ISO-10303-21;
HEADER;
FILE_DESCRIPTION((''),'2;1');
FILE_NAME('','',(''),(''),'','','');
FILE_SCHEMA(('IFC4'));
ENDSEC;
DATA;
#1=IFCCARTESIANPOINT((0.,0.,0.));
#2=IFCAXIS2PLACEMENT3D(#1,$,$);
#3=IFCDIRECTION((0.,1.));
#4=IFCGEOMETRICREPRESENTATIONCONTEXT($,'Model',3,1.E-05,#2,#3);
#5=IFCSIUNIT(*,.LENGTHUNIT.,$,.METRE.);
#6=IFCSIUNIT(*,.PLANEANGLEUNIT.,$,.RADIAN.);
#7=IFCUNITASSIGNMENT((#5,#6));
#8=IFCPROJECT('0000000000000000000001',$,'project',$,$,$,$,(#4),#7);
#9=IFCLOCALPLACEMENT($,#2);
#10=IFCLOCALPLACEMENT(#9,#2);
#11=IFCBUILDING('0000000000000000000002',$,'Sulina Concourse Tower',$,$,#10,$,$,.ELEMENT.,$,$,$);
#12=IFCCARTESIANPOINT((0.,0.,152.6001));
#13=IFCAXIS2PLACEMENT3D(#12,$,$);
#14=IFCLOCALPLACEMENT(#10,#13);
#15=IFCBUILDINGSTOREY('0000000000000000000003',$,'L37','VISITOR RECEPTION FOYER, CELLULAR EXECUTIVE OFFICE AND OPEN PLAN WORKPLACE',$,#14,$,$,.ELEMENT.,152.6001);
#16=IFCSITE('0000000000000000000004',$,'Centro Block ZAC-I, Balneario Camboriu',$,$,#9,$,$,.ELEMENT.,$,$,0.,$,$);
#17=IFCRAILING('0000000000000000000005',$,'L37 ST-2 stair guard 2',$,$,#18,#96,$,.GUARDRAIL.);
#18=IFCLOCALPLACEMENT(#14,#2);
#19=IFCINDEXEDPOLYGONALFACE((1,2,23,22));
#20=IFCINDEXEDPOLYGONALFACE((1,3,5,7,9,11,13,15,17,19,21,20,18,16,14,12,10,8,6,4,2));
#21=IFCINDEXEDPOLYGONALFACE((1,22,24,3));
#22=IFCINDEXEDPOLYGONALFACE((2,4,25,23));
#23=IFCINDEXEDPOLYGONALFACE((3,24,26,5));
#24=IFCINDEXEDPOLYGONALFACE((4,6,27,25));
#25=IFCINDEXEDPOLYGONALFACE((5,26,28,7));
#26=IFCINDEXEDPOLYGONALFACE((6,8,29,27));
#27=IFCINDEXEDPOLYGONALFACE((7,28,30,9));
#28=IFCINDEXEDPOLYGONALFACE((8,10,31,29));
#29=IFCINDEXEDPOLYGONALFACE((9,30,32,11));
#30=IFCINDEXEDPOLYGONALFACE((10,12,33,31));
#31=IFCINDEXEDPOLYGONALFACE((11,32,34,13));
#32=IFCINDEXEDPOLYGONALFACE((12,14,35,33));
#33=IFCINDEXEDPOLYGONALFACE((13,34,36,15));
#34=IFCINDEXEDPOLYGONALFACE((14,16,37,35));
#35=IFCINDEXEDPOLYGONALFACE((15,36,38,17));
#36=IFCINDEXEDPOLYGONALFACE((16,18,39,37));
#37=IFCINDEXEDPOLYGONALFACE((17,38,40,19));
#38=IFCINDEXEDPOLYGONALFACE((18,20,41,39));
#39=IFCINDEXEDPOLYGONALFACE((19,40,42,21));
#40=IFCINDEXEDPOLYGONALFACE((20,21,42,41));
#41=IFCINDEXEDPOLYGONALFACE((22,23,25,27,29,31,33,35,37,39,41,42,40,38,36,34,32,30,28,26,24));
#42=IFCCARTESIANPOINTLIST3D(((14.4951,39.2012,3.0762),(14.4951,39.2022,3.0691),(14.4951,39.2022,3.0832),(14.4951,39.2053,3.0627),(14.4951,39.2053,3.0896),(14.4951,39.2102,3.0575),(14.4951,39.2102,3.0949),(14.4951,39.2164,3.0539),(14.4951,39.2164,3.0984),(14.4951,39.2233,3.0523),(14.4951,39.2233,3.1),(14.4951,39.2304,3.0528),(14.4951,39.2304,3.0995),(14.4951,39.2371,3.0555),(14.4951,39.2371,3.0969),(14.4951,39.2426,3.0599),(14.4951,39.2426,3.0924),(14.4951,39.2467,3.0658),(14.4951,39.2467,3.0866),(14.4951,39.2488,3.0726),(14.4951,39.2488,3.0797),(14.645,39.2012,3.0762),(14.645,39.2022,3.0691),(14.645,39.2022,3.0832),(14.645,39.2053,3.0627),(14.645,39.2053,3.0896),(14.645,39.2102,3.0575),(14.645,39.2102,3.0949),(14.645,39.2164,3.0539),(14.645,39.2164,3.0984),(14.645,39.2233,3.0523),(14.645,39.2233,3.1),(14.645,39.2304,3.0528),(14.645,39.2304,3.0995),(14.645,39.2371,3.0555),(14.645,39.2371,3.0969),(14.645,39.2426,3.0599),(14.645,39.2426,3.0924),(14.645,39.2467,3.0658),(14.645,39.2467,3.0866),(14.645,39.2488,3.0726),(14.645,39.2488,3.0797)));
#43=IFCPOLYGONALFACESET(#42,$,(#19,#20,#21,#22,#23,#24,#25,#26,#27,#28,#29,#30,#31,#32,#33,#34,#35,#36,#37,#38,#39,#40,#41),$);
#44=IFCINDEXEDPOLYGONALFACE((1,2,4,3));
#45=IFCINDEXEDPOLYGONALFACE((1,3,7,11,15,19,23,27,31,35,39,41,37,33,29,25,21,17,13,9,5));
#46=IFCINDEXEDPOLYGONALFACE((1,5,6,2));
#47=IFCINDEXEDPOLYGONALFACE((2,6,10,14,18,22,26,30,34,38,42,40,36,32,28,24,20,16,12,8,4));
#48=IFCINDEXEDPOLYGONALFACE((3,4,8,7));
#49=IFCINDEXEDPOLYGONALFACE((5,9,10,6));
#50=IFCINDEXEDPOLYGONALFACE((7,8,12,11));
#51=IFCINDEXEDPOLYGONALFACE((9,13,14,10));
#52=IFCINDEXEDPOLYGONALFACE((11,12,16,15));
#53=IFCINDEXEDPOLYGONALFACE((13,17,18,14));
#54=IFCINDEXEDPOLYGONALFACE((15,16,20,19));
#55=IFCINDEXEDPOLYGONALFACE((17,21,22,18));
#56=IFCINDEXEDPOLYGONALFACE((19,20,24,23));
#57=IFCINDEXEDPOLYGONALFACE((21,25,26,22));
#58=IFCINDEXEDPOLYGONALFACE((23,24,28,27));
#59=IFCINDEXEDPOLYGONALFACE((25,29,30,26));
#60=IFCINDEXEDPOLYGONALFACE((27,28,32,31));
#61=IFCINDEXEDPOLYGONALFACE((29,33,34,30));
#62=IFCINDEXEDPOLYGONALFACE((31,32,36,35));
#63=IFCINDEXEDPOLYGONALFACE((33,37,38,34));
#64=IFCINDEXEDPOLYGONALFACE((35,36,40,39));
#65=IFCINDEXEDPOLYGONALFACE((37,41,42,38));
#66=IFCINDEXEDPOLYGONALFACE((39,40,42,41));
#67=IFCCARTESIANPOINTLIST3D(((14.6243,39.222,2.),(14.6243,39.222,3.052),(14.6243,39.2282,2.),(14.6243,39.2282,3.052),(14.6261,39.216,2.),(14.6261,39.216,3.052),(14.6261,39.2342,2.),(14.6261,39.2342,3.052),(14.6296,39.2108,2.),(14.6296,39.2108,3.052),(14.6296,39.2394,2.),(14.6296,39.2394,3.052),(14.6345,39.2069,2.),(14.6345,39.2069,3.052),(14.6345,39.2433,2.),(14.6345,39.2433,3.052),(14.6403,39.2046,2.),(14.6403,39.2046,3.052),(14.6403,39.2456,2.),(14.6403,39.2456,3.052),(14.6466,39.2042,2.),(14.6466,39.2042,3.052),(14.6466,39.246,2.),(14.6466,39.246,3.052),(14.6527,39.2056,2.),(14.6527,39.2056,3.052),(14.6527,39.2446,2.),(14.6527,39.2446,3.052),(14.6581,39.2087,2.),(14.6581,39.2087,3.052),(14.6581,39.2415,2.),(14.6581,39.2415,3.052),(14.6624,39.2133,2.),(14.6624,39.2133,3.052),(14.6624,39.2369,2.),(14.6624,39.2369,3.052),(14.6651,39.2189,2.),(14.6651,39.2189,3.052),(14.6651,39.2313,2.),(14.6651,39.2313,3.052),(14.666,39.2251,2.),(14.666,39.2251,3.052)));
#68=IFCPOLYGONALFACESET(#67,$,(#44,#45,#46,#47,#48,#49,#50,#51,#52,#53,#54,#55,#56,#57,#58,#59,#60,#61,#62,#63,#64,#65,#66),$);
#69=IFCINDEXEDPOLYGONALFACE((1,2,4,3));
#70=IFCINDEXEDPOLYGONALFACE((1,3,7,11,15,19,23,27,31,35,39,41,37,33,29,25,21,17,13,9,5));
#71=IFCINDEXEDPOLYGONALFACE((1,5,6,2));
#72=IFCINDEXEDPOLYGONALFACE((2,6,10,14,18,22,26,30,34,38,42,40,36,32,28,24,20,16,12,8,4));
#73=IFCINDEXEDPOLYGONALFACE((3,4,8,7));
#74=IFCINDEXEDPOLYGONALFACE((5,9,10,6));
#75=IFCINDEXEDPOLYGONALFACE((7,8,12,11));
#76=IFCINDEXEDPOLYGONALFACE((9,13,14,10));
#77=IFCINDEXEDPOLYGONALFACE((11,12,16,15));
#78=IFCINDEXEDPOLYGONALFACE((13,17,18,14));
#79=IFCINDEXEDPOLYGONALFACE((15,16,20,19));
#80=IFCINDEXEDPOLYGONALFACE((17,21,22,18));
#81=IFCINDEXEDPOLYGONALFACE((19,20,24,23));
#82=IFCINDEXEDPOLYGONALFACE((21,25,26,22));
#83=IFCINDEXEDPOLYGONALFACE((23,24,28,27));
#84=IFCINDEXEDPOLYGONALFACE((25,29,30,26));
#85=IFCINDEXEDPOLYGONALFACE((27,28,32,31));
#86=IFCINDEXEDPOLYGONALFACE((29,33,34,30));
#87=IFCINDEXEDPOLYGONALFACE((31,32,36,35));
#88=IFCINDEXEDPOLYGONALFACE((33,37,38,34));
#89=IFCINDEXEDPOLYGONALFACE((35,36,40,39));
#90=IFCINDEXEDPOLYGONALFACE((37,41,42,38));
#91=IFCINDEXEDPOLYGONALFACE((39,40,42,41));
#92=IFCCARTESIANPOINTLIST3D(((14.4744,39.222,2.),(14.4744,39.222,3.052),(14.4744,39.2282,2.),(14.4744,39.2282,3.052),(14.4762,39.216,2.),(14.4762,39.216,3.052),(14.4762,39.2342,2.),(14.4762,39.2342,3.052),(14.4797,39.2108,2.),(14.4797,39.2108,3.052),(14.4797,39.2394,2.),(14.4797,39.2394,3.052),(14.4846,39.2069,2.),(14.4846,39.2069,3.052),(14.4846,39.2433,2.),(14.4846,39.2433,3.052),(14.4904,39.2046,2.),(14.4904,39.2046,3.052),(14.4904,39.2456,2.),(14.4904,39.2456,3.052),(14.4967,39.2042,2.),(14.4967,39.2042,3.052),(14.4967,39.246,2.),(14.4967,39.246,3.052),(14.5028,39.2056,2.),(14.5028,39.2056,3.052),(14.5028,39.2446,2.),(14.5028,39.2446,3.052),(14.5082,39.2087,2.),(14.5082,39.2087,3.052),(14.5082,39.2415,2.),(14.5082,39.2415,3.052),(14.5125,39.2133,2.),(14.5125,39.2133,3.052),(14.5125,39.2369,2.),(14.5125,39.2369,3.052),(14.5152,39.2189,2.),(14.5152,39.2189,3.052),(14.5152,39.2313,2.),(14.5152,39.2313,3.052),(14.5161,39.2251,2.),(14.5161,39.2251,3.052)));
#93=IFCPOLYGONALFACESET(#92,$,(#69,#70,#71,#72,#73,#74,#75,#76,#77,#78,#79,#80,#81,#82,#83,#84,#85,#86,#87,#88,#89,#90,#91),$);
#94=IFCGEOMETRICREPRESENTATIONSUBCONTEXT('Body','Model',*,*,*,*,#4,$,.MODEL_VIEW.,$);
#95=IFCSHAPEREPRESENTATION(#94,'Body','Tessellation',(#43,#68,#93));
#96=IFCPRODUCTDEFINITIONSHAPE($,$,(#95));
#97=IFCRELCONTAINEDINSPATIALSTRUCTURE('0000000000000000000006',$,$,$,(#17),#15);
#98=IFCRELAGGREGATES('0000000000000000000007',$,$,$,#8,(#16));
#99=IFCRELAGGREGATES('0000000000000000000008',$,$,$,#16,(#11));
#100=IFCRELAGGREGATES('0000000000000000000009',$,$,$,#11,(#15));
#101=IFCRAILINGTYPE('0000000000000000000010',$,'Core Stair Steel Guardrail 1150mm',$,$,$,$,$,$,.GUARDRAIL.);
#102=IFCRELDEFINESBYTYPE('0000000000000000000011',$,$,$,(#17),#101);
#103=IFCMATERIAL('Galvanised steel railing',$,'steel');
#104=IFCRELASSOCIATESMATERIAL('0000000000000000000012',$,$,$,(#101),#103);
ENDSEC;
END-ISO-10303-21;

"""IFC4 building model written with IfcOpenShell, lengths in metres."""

from ifc_helpers import new_model, si_unit, direction, frame, origin, origin_2d, place, context, subcontext, project, spatial, circle, extrude, material, type_object, element, save


model = new_model("IFC4")

# Units and contexts
model_context = context("Model", 3, precision=1e-05, world=origin(), true_north=direction((0.0, 1.0)))
body_context = subcontext(model_context, "Body", "Model", "MODEL_VIEW")
ifc_project = project(units=[si_unit("LENGTHUNIT", "METRE"), si_unit("PLANEANGLEUNIT", "RADIAN")], contexts=[model_context])

# Site, building, storey
site_placement = place(None, origin())
site = spatial("IfcSite", under=ifc_project, at=site_placement, Name="Centro Block ZAC-I, Balneario Camboriu", CompositionType="ELEMENT", RefElevation=0.0)
building_placement = place(site_placement, origin())
building = spatial("IfcBuilding", under=site, at=building_placement, Name="Sulina Concourse Tower", CompositionType="ELEMENT")
storey_placement = place(building_placement, frame((0.0, 0.0, 152.6001)))
storey = spatial("IfcBuildingStorey", under=building, at=storey_placement, Name="L37", Description="VISITOR RECEPTION FOYER, CELLULAR EXECUTIVE OFFICE AND OPEN PLAN WORKPLACE", CompositionType="ELEMENT", Elevation=152.6001)

# Railing
ifc_material_1 = material(Name="Galvanised steel railing", Category="steel")
railing_type_1 = type_object("IfcRailingType", Name="Core Stair Steel Guardrail 1150mm", PredefinedType="GUARDRAIL", material=ifc_material_1)
railing_1_placement = place(storey_placement, frame((14.645, 39.2251, 2.0)))
element("IfcRailing", 1, at=railing_1_placement, inside=storey, type_object=railing_type_1, Name="L37 ST-2 stair guard 2", PredefinedType="GUARDRAIL", context=body_context, shape_type="SweptSolid", body=[
    extrude(circle(Radius=0.0239, at=origin_2d()), frame((0.0, 0.0, 1.0762), z_axis=(-1.0, 0.0, 0.0), x_axis=(0.0, -1.0, 0.0)), (0.0, 0.0, 1.0), 0.1499),
    extrude(circle(Radius=0.021, at=origin_2d()), origin(), (0.0, 0.0, 1.0), 1.052),
    extrude(circle(Radius=0.021, at=origin_2d()), frame((-0.1499, 0.0, 0.0)), (0.0, 0.0, 1.0), 1.052),
])

save(model, "model.ifc")
